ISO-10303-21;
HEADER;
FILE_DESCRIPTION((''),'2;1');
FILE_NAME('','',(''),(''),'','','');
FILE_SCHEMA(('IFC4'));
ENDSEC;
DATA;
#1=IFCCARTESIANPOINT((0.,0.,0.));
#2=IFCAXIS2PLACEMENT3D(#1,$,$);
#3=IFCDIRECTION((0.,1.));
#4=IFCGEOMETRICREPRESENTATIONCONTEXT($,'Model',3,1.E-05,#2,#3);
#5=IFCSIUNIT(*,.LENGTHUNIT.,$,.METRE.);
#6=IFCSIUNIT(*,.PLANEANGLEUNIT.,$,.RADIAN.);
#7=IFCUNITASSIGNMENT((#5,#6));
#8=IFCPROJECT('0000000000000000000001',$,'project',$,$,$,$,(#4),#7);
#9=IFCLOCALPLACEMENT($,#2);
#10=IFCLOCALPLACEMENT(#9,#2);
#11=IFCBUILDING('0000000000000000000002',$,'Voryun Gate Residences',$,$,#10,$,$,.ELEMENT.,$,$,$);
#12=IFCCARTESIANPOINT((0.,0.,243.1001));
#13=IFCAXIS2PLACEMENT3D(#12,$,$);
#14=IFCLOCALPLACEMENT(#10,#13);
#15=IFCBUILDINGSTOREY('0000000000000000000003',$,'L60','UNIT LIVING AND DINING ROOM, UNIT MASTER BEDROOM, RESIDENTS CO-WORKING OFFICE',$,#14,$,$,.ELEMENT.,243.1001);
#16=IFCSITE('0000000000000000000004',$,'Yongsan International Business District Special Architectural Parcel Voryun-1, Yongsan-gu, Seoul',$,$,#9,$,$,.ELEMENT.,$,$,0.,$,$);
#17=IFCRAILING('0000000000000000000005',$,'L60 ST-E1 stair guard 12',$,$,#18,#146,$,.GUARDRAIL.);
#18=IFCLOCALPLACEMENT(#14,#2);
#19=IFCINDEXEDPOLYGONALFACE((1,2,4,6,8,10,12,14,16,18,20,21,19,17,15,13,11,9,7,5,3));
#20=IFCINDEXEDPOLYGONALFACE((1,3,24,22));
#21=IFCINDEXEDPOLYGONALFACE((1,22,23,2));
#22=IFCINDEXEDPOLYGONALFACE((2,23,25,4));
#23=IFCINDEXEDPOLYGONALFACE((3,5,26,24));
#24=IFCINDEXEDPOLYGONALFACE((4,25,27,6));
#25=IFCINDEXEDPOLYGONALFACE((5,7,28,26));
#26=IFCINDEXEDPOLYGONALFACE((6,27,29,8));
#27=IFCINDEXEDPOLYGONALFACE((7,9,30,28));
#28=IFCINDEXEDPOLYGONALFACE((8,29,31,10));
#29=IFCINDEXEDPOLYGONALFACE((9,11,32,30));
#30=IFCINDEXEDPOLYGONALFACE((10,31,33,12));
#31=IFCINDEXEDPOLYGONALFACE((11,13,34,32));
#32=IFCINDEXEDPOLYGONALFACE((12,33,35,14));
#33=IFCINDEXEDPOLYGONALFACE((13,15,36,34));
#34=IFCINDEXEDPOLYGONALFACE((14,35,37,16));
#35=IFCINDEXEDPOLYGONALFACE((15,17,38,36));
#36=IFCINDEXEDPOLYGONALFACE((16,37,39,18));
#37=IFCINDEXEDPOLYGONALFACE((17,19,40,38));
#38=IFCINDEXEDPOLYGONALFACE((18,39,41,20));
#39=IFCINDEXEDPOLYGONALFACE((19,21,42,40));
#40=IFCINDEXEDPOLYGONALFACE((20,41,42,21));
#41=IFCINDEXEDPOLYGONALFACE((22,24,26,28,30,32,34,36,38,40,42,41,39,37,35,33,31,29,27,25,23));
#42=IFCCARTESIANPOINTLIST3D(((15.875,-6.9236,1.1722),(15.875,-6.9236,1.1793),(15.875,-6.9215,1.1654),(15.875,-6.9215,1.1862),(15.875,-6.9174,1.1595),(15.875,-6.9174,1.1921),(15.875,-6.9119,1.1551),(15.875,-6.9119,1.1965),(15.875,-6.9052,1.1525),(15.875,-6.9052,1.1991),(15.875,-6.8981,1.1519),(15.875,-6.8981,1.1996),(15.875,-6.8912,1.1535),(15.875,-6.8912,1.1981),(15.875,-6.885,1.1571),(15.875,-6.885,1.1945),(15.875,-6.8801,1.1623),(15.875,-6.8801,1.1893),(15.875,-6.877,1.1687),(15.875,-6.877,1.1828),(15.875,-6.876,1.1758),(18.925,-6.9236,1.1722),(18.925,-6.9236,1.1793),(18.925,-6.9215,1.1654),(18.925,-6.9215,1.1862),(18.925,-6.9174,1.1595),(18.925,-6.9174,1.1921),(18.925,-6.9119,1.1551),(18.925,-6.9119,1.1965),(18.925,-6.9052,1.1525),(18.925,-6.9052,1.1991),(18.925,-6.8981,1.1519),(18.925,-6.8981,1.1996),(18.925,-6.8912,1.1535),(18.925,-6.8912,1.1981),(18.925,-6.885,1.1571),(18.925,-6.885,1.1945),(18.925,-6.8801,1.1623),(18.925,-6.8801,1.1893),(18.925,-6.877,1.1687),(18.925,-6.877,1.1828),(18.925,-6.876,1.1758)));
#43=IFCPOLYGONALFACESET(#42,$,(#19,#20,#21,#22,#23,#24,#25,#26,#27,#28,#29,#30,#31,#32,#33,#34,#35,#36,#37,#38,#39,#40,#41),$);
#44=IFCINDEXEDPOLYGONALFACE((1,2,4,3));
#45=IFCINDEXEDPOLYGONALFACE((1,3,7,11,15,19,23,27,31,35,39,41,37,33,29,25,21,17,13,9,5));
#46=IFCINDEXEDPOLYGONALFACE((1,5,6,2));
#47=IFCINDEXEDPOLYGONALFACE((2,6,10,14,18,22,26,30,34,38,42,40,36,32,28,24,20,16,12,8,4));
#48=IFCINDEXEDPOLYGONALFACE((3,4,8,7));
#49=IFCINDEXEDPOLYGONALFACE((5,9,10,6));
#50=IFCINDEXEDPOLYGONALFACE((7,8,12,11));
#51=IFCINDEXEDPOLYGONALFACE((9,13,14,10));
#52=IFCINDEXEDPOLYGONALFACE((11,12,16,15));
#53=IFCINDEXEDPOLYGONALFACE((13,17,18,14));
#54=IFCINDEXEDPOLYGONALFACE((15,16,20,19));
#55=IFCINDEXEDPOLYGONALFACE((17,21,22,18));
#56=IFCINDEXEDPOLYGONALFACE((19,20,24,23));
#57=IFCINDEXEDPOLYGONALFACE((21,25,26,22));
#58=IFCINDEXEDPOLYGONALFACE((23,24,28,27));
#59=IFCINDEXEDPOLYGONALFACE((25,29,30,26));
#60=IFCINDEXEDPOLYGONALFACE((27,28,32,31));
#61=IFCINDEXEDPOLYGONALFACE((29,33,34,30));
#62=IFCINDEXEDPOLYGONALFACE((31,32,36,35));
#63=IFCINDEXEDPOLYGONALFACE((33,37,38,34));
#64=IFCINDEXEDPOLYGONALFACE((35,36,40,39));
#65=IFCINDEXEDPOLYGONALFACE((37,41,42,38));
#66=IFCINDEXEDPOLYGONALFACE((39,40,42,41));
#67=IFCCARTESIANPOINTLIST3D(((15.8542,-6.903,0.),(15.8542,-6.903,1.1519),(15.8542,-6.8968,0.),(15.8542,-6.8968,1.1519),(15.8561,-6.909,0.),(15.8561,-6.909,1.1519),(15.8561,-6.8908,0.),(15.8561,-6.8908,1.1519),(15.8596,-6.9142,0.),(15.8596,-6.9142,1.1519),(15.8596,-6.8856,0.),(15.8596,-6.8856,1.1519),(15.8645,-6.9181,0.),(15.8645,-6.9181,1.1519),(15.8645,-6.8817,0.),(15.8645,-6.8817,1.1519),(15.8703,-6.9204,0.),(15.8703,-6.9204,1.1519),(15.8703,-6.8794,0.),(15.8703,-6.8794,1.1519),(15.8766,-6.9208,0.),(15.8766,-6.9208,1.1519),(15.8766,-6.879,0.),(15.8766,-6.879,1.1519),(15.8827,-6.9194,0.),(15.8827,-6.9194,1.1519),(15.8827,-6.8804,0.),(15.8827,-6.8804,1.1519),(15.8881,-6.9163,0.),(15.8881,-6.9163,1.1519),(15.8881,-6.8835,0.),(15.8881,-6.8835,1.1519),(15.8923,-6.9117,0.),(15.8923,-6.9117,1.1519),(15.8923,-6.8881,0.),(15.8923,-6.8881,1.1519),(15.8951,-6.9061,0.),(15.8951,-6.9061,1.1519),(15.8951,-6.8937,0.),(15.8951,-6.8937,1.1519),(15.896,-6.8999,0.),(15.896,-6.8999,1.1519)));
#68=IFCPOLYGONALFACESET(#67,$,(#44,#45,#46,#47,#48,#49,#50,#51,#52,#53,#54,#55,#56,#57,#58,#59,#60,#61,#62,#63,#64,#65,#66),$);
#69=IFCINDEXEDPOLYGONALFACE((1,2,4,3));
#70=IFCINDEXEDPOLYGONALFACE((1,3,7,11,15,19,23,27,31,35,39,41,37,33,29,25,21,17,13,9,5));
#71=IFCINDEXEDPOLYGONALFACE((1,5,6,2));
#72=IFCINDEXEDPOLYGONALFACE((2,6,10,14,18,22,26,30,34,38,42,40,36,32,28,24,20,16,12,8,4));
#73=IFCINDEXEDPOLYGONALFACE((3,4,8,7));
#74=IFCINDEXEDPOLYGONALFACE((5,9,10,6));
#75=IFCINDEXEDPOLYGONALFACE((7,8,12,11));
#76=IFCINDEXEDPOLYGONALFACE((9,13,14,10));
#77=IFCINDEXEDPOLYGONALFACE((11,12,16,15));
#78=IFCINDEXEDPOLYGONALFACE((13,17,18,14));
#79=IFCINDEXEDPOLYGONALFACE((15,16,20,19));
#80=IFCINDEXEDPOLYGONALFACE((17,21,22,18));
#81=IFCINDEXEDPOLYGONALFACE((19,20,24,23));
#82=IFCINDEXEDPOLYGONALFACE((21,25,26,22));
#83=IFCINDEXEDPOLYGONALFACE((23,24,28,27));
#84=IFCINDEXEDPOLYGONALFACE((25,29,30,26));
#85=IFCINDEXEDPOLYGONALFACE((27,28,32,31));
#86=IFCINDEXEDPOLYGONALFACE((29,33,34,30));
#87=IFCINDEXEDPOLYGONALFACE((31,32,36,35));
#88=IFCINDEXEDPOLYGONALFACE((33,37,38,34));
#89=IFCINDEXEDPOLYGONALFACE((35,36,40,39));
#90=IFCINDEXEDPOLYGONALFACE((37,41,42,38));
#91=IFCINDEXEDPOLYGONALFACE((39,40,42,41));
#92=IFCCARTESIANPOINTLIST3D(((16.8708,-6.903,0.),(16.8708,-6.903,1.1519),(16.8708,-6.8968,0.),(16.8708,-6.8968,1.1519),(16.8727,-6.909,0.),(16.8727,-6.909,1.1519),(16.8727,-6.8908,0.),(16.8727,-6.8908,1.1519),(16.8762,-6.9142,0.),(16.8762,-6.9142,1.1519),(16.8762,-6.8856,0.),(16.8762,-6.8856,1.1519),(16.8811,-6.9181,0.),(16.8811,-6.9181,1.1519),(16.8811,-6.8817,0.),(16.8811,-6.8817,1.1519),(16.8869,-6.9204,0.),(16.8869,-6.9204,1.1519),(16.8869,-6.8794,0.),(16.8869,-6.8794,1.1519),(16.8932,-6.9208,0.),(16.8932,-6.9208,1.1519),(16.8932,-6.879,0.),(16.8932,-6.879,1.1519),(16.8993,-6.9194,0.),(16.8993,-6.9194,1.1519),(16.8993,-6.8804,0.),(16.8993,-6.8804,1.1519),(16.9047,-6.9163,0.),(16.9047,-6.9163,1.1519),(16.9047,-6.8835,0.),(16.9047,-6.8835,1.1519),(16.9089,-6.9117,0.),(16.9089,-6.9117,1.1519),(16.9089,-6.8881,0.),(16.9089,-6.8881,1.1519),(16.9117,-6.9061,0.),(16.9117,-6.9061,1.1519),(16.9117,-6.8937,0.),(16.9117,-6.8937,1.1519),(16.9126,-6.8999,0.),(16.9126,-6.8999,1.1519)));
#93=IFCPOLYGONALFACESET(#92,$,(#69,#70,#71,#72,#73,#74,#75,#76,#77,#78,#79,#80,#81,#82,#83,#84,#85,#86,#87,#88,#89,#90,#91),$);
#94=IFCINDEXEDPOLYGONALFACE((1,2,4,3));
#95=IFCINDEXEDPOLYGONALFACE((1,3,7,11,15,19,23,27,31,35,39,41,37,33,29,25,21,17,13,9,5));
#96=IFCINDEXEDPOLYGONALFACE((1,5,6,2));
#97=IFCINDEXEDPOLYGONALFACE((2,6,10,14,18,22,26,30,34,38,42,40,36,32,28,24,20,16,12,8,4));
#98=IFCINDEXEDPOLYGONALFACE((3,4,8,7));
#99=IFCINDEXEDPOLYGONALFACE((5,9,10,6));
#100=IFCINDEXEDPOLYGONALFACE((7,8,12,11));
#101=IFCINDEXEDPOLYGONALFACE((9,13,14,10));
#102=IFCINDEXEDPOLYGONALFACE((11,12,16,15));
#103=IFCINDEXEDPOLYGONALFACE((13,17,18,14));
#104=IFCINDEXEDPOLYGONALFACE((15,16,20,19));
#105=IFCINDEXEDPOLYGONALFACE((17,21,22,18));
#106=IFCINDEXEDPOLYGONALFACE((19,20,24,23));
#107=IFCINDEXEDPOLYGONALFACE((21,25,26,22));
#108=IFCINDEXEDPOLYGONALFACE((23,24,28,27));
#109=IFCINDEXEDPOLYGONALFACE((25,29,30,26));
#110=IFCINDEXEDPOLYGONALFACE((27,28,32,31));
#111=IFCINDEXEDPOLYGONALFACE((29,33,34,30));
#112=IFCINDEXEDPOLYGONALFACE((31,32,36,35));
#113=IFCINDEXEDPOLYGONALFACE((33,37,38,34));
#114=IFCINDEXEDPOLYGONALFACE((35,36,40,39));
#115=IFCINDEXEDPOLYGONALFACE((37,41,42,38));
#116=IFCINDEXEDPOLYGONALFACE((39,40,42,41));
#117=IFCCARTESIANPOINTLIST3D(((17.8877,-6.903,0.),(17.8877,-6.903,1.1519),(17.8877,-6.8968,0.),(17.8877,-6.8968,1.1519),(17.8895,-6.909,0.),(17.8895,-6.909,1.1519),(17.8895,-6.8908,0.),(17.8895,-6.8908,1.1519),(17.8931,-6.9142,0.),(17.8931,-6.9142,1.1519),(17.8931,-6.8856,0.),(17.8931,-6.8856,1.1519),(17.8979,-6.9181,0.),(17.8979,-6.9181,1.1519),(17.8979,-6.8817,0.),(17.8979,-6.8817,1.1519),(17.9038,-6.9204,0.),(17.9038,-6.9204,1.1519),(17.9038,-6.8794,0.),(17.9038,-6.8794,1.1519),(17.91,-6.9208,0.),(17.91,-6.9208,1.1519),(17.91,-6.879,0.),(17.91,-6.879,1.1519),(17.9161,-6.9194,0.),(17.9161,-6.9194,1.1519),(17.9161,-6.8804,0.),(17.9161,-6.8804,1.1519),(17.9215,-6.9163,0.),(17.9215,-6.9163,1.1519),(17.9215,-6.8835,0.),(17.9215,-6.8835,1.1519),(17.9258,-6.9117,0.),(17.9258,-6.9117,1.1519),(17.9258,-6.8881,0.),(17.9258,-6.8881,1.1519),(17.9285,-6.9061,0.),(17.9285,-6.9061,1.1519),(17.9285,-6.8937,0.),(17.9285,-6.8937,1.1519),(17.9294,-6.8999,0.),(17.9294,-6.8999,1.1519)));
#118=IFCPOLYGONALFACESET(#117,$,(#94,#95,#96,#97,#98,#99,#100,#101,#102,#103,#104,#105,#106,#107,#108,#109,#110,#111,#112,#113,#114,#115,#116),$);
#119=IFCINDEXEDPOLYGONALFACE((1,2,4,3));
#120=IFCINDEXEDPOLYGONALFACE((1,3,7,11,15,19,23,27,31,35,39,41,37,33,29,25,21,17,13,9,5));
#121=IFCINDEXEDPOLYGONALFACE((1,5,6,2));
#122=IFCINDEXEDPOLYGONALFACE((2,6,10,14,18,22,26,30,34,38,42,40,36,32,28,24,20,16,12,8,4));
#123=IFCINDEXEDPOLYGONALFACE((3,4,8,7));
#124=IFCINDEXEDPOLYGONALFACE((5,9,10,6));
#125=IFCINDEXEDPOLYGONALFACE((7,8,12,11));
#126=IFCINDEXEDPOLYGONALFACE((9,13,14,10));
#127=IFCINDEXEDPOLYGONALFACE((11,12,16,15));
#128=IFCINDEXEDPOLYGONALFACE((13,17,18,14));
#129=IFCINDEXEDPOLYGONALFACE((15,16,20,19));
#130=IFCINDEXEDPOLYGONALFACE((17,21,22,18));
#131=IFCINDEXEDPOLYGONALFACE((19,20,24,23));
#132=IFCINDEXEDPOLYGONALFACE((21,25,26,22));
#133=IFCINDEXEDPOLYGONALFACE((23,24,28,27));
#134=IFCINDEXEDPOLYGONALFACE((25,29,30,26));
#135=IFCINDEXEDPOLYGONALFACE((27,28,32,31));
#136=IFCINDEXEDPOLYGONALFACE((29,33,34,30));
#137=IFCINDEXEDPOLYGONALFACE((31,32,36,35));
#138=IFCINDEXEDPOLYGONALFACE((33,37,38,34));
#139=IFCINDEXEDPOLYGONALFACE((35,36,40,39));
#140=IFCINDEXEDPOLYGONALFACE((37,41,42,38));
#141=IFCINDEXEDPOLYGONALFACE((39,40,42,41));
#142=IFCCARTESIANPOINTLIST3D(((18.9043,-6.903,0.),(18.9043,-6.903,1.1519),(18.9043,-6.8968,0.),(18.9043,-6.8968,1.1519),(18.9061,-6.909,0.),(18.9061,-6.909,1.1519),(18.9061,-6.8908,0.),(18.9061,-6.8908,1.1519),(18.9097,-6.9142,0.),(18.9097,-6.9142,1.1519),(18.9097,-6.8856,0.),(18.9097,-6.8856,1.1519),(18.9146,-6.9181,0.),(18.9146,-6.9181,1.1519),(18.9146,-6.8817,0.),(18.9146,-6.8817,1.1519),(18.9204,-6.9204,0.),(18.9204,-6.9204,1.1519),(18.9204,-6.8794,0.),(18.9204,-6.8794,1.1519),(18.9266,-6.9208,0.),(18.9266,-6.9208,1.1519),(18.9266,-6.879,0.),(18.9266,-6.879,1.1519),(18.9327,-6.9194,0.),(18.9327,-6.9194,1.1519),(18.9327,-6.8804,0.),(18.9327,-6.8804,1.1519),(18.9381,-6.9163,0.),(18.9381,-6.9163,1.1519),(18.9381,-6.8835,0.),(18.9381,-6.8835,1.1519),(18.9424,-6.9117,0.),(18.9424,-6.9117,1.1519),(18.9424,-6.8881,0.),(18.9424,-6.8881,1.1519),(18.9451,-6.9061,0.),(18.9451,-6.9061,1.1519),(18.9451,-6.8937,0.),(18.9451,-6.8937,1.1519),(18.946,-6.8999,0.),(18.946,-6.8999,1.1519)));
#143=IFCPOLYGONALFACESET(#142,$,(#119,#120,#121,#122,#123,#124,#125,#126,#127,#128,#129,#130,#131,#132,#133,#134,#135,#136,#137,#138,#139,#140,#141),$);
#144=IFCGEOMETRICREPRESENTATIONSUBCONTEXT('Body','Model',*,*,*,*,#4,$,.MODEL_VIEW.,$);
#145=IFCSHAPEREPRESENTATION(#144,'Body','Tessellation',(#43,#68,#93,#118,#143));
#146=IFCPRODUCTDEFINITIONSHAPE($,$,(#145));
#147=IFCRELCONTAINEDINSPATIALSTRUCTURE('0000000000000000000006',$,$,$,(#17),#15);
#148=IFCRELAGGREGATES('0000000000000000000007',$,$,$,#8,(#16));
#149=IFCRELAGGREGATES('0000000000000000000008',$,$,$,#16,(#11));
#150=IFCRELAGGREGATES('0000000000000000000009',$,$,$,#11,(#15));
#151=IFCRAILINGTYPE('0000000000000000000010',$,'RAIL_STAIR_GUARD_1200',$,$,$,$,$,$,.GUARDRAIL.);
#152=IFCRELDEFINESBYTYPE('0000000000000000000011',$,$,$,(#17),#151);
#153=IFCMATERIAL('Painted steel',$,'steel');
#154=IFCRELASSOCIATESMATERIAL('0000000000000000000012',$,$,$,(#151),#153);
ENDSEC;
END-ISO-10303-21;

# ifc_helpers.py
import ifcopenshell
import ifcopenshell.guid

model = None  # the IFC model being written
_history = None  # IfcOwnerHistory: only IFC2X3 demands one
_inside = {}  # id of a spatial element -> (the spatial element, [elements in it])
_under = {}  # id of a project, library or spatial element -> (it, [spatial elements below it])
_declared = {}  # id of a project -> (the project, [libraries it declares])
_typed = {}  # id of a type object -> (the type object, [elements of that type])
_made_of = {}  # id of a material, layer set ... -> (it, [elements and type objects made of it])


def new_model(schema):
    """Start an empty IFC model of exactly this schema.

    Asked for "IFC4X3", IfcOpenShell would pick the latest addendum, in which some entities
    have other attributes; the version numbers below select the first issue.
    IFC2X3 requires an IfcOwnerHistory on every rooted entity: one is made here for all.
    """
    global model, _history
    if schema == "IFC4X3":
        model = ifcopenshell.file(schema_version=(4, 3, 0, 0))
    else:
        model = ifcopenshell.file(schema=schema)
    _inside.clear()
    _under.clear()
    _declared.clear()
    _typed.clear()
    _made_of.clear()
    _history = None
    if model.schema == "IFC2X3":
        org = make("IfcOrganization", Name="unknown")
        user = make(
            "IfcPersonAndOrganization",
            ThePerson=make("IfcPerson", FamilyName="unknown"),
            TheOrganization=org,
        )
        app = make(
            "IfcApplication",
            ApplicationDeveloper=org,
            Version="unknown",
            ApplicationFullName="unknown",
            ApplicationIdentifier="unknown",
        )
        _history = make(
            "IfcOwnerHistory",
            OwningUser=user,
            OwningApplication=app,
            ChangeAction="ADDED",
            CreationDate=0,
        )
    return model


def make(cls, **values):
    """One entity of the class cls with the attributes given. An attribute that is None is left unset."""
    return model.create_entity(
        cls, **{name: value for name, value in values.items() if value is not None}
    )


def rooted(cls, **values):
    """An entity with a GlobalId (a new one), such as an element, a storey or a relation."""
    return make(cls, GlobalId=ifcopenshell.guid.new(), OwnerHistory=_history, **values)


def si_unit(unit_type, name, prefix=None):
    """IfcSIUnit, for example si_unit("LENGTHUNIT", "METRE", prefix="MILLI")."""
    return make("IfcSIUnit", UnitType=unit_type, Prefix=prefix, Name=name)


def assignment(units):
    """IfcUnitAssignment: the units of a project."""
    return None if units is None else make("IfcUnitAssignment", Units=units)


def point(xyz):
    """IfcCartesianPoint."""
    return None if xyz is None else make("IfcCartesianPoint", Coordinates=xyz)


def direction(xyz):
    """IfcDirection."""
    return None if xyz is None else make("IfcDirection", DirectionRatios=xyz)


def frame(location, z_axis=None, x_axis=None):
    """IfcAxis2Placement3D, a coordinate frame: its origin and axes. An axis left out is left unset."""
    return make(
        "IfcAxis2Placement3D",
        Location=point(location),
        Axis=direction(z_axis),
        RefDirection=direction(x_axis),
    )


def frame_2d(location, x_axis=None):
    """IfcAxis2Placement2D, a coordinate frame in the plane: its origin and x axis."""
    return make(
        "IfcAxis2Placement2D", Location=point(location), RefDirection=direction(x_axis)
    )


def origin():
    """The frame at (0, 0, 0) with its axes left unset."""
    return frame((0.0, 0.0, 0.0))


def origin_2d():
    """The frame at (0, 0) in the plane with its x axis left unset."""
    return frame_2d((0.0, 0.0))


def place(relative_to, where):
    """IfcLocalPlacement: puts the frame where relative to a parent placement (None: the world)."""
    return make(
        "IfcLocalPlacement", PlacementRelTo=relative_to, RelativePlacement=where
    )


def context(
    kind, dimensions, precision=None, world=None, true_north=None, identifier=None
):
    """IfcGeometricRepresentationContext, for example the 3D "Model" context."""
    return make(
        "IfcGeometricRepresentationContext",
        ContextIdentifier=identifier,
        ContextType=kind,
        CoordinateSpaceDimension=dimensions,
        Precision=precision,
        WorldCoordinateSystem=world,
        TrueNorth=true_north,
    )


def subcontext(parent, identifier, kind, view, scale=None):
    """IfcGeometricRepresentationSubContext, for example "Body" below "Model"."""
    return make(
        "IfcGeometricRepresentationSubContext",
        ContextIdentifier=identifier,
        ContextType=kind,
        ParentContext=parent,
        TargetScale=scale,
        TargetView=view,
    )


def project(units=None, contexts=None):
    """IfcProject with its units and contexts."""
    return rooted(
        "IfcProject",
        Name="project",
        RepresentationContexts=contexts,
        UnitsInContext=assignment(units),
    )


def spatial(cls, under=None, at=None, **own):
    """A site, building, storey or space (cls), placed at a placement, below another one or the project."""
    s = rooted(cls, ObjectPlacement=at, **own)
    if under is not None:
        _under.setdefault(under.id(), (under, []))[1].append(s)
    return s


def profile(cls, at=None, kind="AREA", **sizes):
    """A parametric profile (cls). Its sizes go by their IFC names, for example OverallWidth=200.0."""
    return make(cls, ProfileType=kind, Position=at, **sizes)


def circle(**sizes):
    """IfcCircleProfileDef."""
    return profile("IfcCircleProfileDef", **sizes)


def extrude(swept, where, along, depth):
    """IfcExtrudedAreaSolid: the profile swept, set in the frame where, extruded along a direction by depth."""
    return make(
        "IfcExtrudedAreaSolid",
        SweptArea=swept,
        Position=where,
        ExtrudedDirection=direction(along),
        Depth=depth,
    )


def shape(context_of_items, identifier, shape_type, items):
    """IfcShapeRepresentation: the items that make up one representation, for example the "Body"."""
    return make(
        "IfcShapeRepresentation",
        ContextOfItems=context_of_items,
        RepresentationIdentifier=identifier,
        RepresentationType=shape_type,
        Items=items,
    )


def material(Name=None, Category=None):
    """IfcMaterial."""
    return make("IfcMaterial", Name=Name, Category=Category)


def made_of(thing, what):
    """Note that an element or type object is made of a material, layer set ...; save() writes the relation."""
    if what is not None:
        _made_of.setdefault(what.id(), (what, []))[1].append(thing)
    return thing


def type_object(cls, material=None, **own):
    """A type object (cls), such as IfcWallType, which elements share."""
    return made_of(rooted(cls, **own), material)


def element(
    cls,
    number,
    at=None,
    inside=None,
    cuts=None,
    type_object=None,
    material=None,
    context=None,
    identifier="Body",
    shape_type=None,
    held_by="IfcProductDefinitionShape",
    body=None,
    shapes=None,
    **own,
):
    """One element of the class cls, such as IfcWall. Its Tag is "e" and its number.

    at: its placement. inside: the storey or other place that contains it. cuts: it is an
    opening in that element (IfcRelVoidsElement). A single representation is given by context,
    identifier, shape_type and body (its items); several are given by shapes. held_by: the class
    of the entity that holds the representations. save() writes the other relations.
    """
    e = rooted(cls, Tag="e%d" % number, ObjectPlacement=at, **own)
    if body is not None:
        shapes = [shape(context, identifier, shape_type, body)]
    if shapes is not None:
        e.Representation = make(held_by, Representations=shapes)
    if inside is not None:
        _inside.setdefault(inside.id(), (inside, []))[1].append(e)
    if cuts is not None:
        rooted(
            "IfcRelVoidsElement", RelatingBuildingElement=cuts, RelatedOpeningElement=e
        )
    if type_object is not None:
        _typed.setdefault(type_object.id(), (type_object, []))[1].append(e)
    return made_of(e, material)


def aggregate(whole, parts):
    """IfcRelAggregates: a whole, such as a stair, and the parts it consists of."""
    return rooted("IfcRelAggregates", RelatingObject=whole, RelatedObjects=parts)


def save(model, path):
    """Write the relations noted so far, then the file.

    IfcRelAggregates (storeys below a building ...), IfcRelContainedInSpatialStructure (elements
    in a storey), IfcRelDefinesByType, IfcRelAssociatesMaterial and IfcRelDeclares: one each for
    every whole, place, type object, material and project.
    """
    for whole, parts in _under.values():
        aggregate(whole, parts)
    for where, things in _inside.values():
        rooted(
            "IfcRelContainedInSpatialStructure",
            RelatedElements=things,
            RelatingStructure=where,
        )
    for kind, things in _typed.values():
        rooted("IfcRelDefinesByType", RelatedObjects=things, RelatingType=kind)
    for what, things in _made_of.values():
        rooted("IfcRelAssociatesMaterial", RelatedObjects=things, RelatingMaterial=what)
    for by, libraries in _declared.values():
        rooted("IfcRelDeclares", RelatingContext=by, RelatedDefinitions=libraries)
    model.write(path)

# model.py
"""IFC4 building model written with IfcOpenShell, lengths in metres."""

from ifc_helpers import new_model, si_unit, direction, frame, origin, origin_2d, place, context, subcontext, project, spatial, circle, extrude, material, type_object, element, save


model = new_model("IFC4")

# Units and contexts
model_context = context("Model", 3, precision=1e-05, world=origin(), true_north=direction((0.0, 1.0)))
body_context = subcontext(model_context, "Body", "Model", "MODEL_VIEW")
ifc_project = project(units=[si_unit("LENGTHUNIT", "METRE"), si_unit("PLANEANGLEUNIT", "RADIAN")], contexts=[model_context])

# Site, building, storey
site_placement = place(None, origin())
site = spatial("IfcSite", under=ifc_project, at=site_placement, Name="Yongsan International Business District Special Architectural Parcel Voryun-1, Yongsan-gu, Seoul", CompositionType="ELEMENT", RefElevation=0.0)
building_placement = place(site_placement, origin())
building = spatial("IfcBuilding", under=site, at=building_placement, Name="Voryun Gate Residences", CompositionType="ELEMENT")
storey_placement = place(building_placement, frame((0.0, 0.0, 243.1001)))
storey = spatial("IfcBuildingStorey", under=building, at=storey_placement, Name="L60", Description="UNIT LIVING AND DINING ROOM, UNIT MASTER BEDROOM, RESIDENTS CO-WORKING OFFICE", CompositionType="ELEMENT", Elevation=243.1001)

# Railing
ifc_material_1 = material(Name="Painted steel", Category="steel")
railing_type = type_object("IfcRailingType", Name="RAIL_STAIR_GUARD_1200", PredefinedType="GUARDRAIL", material=ifc_material_1)
railing_1_placement = place(storey_placement, frame((15.875, -6.8999, 0.0)))
element("IfcRailing", 1, at=railing_1_placement, inside=storey, type_object=railing_type, Name="L60 ST-E1 stair guard 12", PredefinedType="GUARDRAIL", context=body_context, shape_type="SweptSolid", body=[
    extrude(circle(Radius=0.0239, at=origin_2d()), frame((0.0, 0.0, 1.1758), z_axis=(1.0, 0.0, 0.0), x_axis=(0.0, 1.0, 0.0)), (0.0, 0.0, 1.0), 3.05),
    extrude(circle(Radius=0.021, at=origin_2d()), origin(), (0.0, 0.0, 1.0), 1.1519),
    extrude(circle(Radius=0.021, at=origin_2d()), frame((1.0166, 0.0, 0.0)), (0.0, 0.0, 1.0), 1.1519),
    extrude(circle(Radius=0.021, at=origin_2d()), frame((2.0334, 0.0, 0.0)), (0.0, 0.0, 1.0), 1.1519),
    extrude(circle(Radius=0.021, at=origin_2d()), frame((3.05, 0.0, 0.0)), (0.0, 0.0, 1.0), 1.1519),
])

save(model, "model.ifc")
